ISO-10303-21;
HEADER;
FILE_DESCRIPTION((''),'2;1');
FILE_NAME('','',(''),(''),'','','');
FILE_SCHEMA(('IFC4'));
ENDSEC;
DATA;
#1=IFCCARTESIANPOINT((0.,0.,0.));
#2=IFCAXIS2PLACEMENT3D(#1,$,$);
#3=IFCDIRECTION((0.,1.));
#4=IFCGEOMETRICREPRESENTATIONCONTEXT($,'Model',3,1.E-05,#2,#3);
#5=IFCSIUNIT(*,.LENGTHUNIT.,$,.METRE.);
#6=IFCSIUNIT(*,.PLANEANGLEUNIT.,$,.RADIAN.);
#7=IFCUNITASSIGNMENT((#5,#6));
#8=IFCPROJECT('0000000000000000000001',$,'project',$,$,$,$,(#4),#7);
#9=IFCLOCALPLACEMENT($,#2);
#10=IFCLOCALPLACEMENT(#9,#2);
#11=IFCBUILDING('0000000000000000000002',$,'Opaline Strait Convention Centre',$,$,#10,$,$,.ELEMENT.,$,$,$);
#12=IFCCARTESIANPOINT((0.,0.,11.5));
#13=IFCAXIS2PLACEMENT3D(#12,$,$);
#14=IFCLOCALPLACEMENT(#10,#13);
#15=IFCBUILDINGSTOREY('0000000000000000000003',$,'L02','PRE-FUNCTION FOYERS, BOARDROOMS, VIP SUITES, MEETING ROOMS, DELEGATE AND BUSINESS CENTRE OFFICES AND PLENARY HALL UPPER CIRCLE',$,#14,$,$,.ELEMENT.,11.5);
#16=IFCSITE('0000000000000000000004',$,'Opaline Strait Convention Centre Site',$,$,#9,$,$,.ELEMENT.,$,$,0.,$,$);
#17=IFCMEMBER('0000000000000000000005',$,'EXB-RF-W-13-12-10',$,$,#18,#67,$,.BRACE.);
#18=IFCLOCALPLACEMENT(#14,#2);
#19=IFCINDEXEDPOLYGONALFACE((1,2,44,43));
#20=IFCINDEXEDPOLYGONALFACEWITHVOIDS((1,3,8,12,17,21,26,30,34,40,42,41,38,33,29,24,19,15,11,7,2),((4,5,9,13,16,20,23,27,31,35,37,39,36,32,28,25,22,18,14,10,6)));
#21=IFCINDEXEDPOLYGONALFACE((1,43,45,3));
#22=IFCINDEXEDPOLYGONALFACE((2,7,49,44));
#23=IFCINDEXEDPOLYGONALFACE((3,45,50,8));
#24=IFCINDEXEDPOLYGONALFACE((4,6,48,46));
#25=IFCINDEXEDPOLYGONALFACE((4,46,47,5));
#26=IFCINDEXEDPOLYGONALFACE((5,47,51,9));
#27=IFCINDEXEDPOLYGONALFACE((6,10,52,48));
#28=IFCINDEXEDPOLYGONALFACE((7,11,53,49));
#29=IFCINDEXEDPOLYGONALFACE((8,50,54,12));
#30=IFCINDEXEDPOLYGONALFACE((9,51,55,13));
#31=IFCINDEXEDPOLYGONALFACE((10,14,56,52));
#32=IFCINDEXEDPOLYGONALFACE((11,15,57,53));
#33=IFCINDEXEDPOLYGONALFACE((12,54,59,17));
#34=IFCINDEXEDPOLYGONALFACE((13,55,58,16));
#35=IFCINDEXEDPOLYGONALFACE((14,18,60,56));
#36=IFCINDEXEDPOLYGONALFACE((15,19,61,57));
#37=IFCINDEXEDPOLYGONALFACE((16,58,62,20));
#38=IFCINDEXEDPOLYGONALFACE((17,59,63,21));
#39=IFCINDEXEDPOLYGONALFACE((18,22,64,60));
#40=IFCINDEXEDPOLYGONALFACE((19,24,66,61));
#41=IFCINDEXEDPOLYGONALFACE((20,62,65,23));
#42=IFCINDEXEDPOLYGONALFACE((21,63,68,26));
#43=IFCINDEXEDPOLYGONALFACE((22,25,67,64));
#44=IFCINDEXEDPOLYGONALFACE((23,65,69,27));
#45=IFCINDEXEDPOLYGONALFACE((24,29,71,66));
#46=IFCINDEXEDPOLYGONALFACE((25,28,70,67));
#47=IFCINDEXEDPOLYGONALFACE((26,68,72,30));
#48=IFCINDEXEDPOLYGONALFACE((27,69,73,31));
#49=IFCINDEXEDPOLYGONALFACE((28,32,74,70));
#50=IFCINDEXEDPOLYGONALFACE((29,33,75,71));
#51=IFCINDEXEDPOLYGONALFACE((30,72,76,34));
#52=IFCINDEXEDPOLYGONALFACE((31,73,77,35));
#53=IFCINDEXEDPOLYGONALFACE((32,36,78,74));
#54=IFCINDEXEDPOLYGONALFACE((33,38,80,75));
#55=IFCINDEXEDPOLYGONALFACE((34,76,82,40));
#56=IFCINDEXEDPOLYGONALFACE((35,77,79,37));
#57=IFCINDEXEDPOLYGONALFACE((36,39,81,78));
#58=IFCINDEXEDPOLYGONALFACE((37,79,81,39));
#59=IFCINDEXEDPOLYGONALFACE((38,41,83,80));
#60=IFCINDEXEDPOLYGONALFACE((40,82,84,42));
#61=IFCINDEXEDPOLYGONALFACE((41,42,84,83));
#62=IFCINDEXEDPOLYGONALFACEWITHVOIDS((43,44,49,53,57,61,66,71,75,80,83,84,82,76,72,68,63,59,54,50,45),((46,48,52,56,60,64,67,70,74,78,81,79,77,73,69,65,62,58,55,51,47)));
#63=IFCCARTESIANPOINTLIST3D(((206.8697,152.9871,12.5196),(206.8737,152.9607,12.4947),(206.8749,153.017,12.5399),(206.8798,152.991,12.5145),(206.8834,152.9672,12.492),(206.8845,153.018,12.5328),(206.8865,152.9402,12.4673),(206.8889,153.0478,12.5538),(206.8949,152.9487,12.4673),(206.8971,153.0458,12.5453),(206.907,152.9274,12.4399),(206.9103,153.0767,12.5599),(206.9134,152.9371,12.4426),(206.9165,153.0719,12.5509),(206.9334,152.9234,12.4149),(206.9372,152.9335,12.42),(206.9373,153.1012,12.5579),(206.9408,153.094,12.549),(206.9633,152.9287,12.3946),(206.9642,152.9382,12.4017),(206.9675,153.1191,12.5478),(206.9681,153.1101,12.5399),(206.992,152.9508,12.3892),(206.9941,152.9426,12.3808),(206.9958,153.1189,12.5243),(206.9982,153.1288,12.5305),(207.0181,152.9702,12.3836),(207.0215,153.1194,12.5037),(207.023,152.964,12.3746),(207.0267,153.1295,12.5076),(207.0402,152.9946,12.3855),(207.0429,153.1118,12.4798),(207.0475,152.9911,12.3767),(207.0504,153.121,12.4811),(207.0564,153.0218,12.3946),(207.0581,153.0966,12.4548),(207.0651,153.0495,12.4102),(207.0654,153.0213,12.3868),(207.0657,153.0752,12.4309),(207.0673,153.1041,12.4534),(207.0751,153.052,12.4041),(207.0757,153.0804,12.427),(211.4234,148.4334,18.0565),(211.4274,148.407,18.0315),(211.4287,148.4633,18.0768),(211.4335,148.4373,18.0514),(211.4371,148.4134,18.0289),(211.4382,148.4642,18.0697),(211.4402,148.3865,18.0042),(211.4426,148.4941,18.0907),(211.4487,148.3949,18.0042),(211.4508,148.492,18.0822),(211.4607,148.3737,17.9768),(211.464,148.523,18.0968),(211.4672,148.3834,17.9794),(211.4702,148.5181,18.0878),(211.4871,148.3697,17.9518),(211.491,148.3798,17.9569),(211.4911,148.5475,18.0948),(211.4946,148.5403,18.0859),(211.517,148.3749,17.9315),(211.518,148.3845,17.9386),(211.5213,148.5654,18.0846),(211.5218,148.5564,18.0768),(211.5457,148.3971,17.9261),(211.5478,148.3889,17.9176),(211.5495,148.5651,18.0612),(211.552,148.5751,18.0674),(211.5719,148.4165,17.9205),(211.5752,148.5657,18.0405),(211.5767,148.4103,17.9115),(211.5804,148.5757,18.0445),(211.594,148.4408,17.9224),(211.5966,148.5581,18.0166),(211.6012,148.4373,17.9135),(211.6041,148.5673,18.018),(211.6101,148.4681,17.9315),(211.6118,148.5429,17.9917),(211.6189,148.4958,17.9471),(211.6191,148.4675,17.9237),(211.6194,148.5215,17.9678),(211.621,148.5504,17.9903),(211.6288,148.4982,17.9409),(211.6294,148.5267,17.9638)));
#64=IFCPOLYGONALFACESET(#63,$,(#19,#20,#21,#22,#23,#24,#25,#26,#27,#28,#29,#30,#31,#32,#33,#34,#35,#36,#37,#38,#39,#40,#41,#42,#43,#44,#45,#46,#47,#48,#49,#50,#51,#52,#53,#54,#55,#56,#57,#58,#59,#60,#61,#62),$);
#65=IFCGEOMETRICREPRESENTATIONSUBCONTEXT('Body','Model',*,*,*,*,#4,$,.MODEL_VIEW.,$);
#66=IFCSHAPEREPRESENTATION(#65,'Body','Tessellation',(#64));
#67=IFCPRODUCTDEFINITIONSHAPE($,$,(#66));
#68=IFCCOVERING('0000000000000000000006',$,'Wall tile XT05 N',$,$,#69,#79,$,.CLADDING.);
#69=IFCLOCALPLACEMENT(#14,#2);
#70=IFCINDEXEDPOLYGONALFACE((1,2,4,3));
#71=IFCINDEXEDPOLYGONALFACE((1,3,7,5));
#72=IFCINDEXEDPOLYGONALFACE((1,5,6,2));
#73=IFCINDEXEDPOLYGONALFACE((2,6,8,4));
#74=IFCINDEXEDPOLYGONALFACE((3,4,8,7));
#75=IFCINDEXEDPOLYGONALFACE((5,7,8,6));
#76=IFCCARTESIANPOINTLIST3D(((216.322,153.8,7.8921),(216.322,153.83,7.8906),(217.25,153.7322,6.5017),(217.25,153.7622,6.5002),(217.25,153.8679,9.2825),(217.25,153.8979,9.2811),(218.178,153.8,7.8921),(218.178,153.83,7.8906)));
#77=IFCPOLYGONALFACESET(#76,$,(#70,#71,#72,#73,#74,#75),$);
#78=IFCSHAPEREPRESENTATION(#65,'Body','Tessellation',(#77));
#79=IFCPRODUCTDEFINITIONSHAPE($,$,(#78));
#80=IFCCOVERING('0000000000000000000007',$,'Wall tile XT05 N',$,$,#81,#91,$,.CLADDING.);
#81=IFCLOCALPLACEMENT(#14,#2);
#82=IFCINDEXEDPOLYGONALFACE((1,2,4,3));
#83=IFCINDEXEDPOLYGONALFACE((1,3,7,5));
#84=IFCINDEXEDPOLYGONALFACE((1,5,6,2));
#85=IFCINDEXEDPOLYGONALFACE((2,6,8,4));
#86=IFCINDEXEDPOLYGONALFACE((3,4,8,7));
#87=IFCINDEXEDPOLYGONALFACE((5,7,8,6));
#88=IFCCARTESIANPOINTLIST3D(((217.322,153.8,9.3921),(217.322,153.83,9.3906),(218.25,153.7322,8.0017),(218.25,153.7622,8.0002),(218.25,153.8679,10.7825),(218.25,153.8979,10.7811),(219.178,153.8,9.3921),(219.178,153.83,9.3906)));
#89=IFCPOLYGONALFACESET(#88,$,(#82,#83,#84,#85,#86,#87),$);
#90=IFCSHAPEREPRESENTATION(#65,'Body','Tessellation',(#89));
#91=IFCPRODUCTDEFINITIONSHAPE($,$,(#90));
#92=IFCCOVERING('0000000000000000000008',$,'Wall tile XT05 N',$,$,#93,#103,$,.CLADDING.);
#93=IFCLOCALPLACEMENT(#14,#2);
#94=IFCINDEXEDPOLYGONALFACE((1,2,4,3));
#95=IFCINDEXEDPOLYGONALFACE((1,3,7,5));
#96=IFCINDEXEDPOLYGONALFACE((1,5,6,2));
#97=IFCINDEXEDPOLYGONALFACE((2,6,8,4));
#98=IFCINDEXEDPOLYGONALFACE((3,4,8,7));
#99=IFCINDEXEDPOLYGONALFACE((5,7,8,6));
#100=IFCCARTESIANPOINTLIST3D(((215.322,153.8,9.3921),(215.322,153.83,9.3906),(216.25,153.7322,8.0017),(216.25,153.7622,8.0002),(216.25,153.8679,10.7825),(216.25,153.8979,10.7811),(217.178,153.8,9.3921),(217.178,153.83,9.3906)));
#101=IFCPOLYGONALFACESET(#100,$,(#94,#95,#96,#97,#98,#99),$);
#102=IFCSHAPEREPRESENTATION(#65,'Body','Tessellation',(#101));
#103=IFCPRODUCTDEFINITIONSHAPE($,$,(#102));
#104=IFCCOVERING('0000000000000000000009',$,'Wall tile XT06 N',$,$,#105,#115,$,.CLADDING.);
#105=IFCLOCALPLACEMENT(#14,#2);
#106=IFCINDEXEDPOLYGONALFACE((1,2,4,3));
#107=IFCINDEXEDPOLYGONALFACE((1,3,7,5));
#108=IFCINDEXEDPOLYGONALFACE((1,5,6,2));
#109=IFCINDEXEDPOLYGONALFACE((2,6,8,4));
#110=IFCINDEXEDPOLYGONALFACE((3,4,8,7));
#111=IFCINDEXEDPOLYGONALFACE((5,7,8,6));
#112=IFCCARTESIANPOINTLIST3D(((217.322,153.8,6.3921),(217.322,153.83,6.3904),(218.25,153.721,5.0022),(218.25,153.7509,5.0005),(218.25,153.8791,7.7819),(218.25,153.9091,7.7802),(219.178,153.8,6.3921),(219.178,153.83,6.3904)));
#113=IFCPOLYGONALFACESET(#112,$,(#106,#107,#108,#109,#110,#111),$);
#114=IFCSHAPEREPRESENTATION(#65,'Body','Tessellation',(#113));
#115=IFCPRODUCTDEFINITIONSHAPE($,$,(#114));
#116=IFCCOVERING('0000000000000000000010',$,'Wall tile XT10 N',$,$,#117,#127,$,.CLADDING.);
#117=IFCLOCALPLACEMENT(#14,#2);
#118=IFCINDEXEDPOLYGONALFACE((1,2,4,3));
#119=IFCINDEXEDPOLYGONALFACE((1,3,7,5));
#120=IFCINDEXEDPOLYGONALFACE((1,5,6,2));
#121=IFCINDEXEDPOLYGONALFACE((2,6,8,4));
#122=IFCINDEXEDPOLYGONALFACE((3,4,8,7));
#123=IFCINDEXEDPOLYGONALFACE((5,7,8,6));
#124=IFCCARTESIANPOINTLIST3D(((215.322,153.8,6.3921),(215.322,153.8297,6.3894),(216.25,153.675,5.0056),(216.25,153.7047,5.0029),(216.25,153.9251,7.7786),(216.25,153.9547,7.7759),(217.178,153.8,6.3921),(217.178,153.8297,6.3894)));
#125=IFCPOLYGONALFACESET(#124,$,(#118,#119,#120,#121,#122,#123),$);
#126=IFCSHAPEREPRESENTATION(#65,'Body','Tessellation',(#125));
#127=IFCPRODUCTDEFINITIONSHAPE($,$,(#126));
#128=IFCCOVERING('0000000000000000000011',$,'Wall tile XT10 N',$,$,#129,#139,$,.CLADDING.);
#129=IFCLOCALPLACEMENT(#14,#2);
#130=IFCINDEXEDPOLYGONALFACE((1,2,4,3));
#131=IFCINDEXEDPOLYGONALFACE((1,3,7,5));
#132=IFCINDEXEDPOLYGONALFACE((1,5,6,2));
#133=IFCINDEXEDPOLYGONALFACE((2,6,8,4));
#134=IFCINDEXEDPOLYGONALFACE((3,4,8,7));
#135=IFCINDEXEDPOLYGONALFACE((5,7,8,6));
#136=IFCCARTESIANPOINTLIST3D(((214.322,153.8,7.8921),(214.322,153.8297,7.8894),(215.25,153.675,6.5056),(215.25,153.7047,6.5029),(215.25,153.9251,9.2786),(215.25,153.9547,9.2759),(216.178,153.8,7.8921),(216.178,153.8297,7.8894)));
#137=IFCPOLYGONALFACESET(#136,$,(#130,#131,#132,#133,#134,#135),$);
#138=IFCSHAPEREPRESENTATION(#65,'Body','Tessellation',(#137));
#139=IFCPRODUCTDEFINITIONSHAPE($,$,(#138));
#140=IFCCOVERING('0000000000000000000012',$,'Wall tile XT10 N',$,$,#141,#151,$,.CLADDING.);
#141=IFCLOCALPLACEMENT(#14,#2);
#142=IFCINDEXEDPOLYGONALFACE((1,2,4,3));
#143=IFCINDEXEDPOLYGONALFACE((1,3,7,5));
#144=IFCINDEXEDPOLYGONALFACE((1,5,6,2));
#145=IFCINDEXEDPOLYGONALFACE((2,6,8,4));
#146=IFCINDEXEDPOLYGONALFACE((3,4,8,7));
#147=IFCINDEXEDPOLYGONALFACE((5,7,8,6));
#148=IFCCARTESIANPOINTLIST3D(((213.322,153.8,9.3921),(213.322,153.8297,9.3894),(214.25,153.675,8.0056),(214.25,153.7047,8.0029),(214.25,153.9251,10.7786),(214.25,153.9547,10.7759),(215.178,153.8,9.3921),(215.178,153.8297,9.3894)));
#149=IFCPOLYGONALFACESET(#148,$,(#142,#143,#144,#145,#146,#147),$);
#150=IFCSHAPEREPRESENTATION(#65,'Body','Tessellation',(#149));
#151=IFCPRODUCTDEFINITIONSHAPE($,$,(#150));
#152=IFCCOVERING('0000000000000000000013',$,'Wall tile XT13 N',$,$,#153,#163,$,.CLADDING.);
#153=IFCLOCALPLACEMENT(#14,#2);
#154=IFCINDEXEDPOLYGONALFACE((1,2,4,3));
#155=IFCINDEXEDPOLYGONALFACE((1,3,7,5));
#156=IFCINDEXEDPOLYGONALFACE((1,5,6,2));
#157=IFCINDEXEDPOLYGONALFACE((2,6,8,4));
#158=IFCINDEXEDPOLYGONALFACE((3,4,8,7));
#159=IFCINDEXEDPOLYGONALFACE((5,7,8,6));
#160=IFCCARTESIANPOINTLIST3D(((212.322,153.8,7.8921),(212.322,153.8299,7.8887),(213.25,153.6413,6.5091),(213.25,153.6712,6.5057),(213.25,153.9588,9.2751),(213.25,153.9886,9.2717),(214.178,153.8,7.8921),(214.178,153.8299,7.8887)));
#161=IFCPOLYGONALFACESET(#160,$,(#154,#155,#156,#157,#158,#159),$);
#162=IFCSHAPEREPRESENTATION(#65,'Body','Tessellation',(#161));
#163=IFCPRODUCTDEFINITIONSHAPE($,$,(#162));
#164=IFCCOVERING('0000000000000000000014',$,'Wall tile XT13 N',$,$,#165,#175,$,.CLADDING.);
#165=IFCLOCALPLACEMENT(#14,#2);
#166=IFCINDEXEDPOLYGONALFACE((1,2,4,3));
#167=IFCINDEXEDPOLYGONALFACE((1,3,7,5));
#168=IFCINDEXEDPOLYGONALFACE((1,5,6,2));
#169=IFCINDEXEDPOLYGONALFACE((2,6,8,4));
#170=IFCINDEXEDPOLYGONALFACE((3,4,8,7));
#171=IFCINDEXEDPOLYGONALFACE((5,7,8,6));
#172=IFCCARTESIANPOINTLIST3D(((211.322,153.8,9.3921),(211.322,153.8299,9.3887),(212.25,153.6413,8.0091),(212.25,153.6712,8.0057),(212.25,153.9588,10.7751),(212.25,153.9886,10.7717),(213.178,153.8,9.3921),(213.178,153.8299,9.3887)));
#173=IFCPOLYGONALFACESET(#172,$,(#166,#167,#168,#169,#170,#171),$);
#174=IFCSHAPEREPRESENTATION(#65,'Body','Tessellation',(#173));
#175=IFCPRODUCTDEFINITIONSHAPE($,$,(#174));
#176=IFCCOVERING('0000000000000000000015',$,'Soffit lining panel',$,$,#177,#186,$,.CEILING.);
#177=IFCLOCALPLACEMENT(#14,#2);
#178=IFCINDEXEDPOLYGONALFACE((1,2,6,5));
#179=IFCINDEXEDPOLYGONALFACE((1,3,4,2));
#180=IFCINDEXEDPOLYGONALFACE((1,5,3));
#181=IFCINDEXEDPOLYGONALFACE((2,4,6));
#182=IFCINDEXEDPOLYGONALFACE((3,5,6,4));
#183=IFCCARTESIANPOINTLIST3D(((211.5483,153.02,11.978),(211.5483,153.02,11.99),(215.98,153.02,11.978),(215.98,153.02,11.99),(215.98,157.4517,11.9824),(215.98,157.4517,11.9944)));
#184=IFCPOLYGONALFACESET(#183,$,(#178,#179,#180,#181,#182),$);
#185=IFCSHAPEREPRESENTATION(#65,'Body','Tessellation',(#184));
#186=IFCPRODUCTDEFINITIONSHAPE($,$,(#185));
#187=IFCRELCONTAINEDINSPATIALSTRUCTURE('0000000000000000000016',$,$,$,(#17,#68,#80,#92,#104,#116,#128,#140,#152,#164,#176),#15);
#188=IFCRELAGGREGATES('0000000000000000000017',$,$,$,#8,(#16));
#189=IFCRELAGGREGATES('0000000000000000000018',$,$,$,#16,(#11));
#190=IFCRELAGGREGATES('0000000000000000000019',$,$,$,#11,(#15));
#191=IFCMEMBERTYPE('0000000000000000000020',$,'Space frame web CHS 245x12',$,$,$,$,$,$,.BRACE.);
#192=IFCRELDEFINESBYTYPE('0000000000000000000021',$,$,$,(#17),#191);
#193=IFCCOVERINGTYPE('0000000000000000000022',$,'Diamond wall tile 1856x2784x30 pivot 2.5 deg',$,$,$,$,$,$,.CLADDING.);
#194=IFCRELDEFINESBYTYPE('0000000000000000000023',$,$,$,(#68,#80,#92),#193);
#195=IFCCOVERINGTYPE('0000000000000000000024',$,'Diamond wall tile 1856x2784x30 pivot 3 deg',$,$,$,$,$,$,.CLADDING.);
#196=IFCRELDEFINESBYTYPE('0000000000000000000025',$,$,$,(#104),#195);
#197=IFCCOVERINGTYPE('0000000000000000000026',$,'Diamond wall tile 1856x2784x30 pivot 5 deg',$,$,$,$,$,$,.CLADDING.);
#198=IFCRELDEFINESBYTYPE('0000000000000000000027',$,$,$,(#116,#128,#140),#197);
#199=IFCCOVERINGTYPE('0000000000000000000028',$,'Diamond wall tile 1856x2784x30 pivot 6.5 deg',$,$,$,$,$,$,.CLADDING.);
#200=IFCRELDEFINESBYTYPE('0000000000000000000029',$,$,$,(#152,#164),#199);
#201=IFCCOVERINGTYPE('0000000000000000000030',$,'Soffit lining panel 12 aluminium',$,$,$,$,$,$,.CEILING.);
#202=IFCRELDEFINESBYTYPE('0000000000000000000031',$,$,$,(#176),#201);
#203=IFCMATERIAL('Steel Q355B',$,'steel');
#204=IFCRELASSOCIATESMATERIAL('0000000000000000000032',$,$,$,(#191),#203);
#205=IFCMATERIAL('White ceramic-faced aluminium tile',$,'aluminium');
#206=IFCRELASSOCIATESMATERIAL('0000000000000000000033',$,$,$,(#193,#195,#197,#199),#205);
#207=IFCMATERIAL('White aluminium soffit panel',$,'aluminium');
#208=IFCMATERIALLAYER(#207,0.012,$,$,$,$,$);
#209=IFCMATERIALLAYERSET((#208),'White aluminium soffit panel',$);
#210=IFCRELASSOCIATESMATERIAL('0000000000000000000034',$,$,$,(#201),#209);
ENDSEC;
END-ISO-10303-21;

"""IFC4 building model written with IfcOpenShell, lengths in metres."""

from ifc_helpers import new_model, si_unit, direction, frame, origin, origin_2d, place, context, subcontext, project, spatial, polyline, hollow_circle, outline, extrude, material, layer, layer_set, material_profile, profile_set, type_object, element, save


model = new_model("IFC4")

# Units and contexts
model_context = context("Model", 3, precision=1e-05, world=origin(), true_north=direction((0.0, 1.0)))
body_context = subcontext(model_context, "Body", "Model", "MODEL_VIEW")
ifc_project = project(units=[si_unit("LENGTHUNIT", "METRE"), si_unit("PLANEANGLEUNIT", "RADIAN")], contexts=[model_context])

# Site, building, storey
site_placement = place(None, origin())
site = spatial("IfcSite", under=ifc_project, at=site_placement, Name="Opaline Strait Convention Centre Site", CompositionType="ELEMENT", RefElevation=0.0)
building_placement = place(site_placement, origin())
building = spatial("IfcBuilding", under=site, at=building_placement, Name="Opaline Strait Convention Centre", CompositionType="ELEMENT")
storey_placement = place(building_placement, frame((0.0, 0.0, 11.5)))
storey = spatial("IfcBuildingStorey", under=building, at=storey_placement, Name="L02", Description="PRE-FUNCTION FOYERS, BOARDROOMS, VIP SUITES, MEETING ROOMS, DELEGATE AND BUSINESS CENTRE OFFICES AND PLENARY HALL UPPER CIRCLE", CompositionType="ELEMENT", Elevation=11.5)

# Member
ifc_material_1 = material(Name="Steel Q355B", Category="steel")
ifc_material_profile_1 = material_profile(ifc_material_1, hollow_circle(Radius=0.1226, WallThickness=0.012, at=origin_2d()), Name="CHS 245x12")
ifc_profile_set_1 = profile_set([ifc_material_profile_1], Name="Steel Q355B")
member_type_1 = type_object("IfcMemberType", Name="Space frame web CHS 245x12", PredefinedType="BRACE", material=ifc_profile_set_1)
for number, where, z_axis, x_axis, name in (
    (1, (211.5269, 148.4731, 18.0042), (-0.536178, 0.536178, -0.65194), (-0.707107, -0.707107, 0.0), "EXB-RF-W-13-12-10"),
):
    element("IfcMember", number, at=place(storey_placement, frame(where, z_axis=z_axis, x_axis=x_axis)), inside=storey, type_object=member_type_1, Name=name, PredefinedType="BRACE", context=body_context, shape_type="SweptSolid", body=[
        extrude(hollow_circle(Radius=0.1226, WallThickness=0.012, at=origin_2d()), origin(), (0.0, 0.0, 1.0), 8.4929),
    ])

# Coverings
ifc_material_2 = material(Name="White ceramic-faced aluminium tile", Category="aluminium")
ifc_material_profile_2 = material_profile(ifc_material_2, outline(polyline([(0.928, 0.0), (0.0, 1.3921), (-0.928, 0.0), (0.0, -1.3921), (0.928, 0.0)])), Name="Diamond tile 1856x2784")
ifc_profile_set_2 = profile_set([ifc_material_profile_2], Name="White ceramic-faced aluminium tile")
covering_type_1 = type_object("IfcCoveringType", Name="Diamond wall tile 1856x2784x30 pivot 2.5 deg", PredefinedType="CLADDING", material=ifc_profile_set_2)
for number, where, z_axis, x_axis, name in (
    (2, (217.25, 153.8, 7.8921), (0.0, 0.998812, -0.048723), (-1.0, 0.0, 0.0), "Wall tile XT05 N"),
    (3, (218.25, 153.8, 9.3921), (0.0, 0.998812, -0.048723), (-1.0, 0.0, 0.0), "Wall tile XT05 N"),
    (4, (216.25, 153.8, 9.3921), (0.0, 0.998812, -0.048723), (-1.0, 0.0, 0.0), "Wall tile XT05 N"),
):
    element("IfcCovering", number, at=place(storey_placement, frame(where, z_axis=z_axis, x_axis=x_axis)), inside=storey, type_object=covering_type_1, Name=name, PredefinedType="CLADDING", context=body_context, shape_type="SweptSolid", body=[
        extrude(outline(polyline([(0.928, 0.0), (0.0, 1.3921), (-0.928, 0.0), (0.0, -1.3921), (0.928, 0.0)])), origin(), (0.0, 0.0, 1.0), 0.03),
    ])
ifc_material_profile_3 = material_profile(ifc_material_2, outline(polyline([(0.928, 0.0), (0.0, 1.3921), (-0.928, 0.0), (0.0, -1.3921), (0.928, 0.0)])), Name="Diamond tile 1856x2784")
ifc_profile_set_3 = profile_set([ifc_material_profile_3], Name="White ceramic-faced aluminium tile")
covering_type_2 = type_object("IfcCoveringType", Name="Diamond wall tile 1856x2784x30 pivot 3 deg", PredefinedType="CLADDING", material=ifc_profile_set_3)
covering_1_placement = place(storey_placement, frame((218.25, 153.8, 6.3921), z_axis=(0.0, 0.998385, -0.056819), x_axis=(-1.0, 0.0, 0.0)))
element("IfcCovering", 5, at=covering_1_placement, inside=storey, type_object=covering_type_2, Name="Wall tile XT06 N", PredefinedType="CLADDING", context=body_context, shape_type="SweptSolid", body=[
    extrude(outline(polyline([(0.928, 0.0), (0.0, 1.3921), (-0.928, 0.0), (0.0, -1.3921), (0.928, 0.0)])), origin(), (0.0, 0.0, 1.0), 0.03),
])
ifc_material_profile_4 = material_profile(ifc_material_2, outline(polyline([(0.928, 0.0), (0.0, 1.3921), (-0.928, 0.0), (0.0, -1.3921), (0.928, 0.0)])), Name="Diamond tile 1856x2784")
ifc_profile_set_4 = profile_set([ifc_material_profile_4], Name="White ceramic-faced aluminium tile")
covering_type_3 = type_object("IfcCoveringType", Name="Diamond wall tile 1856x2784x30 pivot 5 deg", PredefinedType="CLADDING", material=ifc_profile_set_4)
for number, where, z_axis, x_axis, name in (
    (6, (216.25, 153.8, 6.3921), (0.0, 0.99596, -0.0898), (-1.0, 0.0, 0.0), "Wall tile XT10 N"),
    (7, (215.25, 153.8, 7.8921), (0.0, 0.99596, -0.0898), (-1.0, 0.0, 0.0), "Wall tile XT10 N"),
    (8, (214.25, 153.8, 9.3921), (0.0, 0.99596, -0.0898), (-1.0, 0.0, 0.0), "Wall tile XT10 N"),
):
    element("IfcCovering", number, at=place(storey_placement, frame(where, z_axis=z_axis, x_axis=x_axis)), inside=storey, type_object=covering_type_3, Name=name, PredefinedType="CLADDING", context=body_context, shape_type="SweptSolid", body=[
        extrude(outline(polyline([(0.928, 0.0), (0.0, 1.3921), (-0.928, 0.0), (0.0, -1.3921), (0.928, 0.0)])), origin(), (0.0, 0.0, 1.0), 0.0298),
    ])
ifc_material_profile_5 = material_profile(ifc_material_2, outline(polyline([(0.928, 0.0), (0.0, 1.3921), (-0.928, 0.0), (0.0, -1.3921), (0.928, 0.0)])), Name="Diamond tile 1856x2784")
ifc_profile_set_5 = profile_set([ifc_material_profile_5], Name="White ceramic-faced aluminium tile")
covering_type_4 = type_object("IfcCoveringType", Name="Diamond wall tile 1856x2784x30 pivot 6.5 deg", PredefinedType="CLADDING", material=ifc_profile_set_5)
for number, where, z_axis, x_axis, name in (
    (9, (213.25, 153.8, 7.8921), (0.0, 0.99348, -0.114006), (-1.0, 0.0, 0.0), "Wall tile XT13 N"),
    (10, (212.25, 153.8, 9.3921), (0.0, 0.99348, -0.114006), (-1.0, 0.0, 0.0), "Wall tile XT13 N"),
):
    element("IfcCovering", number, at=place(storey_placement, frame(where, z_axis=z_axis, x_axis=x_axis)), inside=storey, type_object=covering_type_4, Name=name, PredefinedType="CLADDING", context=body_context, shape_type="SweptSolid", body=[
        extrude(outline(polyline([(0.928, 0.0), (0.0, 1.3921), (-0.928, 0.0), (0.0, -1.3921), (0.928, 0.0)])), origin(), (0.0, 0.0, 1.0), 0.03),
    ])
ifc_material_3 = material(Name="White aluminium soffit panel", Category="aluminium")
ifc_layer = layer(ifc_material_3, 0.012)
ifc_layer_set = layer_set([ifc_layer], Name="White aluminium soffit panel")
covering_type_5 = type_object("IfcCoveringType", Name="Soffit lining panel 12 aluminium", PredefinedType="CEILING", material=ifc_layer_set)
covering_2_placement = place(storey_placement, frame((211.5483, 153.02, 11.99), z_axis=(0.0, -0.000992, 1.0), x_axis=(0.707107, 0.707107, 0.000701)))
element("IfcCovering", 11, at=covering_2_placement, inside=storey, type_object=covering_type_5, Name="Soffit lining panel", PredefinedType="CEILING", context=body_context, shape_type="SweptSolid", body=[
    extrude(outline(polyline([(0.0, 0.0), (6.2673, 0.0), (3.1336, -3.1336), (0.0, 0.0)])), origin(), (0.0, 0.0, -1.0), 0.012),
])

save(model, "model.ifc")
